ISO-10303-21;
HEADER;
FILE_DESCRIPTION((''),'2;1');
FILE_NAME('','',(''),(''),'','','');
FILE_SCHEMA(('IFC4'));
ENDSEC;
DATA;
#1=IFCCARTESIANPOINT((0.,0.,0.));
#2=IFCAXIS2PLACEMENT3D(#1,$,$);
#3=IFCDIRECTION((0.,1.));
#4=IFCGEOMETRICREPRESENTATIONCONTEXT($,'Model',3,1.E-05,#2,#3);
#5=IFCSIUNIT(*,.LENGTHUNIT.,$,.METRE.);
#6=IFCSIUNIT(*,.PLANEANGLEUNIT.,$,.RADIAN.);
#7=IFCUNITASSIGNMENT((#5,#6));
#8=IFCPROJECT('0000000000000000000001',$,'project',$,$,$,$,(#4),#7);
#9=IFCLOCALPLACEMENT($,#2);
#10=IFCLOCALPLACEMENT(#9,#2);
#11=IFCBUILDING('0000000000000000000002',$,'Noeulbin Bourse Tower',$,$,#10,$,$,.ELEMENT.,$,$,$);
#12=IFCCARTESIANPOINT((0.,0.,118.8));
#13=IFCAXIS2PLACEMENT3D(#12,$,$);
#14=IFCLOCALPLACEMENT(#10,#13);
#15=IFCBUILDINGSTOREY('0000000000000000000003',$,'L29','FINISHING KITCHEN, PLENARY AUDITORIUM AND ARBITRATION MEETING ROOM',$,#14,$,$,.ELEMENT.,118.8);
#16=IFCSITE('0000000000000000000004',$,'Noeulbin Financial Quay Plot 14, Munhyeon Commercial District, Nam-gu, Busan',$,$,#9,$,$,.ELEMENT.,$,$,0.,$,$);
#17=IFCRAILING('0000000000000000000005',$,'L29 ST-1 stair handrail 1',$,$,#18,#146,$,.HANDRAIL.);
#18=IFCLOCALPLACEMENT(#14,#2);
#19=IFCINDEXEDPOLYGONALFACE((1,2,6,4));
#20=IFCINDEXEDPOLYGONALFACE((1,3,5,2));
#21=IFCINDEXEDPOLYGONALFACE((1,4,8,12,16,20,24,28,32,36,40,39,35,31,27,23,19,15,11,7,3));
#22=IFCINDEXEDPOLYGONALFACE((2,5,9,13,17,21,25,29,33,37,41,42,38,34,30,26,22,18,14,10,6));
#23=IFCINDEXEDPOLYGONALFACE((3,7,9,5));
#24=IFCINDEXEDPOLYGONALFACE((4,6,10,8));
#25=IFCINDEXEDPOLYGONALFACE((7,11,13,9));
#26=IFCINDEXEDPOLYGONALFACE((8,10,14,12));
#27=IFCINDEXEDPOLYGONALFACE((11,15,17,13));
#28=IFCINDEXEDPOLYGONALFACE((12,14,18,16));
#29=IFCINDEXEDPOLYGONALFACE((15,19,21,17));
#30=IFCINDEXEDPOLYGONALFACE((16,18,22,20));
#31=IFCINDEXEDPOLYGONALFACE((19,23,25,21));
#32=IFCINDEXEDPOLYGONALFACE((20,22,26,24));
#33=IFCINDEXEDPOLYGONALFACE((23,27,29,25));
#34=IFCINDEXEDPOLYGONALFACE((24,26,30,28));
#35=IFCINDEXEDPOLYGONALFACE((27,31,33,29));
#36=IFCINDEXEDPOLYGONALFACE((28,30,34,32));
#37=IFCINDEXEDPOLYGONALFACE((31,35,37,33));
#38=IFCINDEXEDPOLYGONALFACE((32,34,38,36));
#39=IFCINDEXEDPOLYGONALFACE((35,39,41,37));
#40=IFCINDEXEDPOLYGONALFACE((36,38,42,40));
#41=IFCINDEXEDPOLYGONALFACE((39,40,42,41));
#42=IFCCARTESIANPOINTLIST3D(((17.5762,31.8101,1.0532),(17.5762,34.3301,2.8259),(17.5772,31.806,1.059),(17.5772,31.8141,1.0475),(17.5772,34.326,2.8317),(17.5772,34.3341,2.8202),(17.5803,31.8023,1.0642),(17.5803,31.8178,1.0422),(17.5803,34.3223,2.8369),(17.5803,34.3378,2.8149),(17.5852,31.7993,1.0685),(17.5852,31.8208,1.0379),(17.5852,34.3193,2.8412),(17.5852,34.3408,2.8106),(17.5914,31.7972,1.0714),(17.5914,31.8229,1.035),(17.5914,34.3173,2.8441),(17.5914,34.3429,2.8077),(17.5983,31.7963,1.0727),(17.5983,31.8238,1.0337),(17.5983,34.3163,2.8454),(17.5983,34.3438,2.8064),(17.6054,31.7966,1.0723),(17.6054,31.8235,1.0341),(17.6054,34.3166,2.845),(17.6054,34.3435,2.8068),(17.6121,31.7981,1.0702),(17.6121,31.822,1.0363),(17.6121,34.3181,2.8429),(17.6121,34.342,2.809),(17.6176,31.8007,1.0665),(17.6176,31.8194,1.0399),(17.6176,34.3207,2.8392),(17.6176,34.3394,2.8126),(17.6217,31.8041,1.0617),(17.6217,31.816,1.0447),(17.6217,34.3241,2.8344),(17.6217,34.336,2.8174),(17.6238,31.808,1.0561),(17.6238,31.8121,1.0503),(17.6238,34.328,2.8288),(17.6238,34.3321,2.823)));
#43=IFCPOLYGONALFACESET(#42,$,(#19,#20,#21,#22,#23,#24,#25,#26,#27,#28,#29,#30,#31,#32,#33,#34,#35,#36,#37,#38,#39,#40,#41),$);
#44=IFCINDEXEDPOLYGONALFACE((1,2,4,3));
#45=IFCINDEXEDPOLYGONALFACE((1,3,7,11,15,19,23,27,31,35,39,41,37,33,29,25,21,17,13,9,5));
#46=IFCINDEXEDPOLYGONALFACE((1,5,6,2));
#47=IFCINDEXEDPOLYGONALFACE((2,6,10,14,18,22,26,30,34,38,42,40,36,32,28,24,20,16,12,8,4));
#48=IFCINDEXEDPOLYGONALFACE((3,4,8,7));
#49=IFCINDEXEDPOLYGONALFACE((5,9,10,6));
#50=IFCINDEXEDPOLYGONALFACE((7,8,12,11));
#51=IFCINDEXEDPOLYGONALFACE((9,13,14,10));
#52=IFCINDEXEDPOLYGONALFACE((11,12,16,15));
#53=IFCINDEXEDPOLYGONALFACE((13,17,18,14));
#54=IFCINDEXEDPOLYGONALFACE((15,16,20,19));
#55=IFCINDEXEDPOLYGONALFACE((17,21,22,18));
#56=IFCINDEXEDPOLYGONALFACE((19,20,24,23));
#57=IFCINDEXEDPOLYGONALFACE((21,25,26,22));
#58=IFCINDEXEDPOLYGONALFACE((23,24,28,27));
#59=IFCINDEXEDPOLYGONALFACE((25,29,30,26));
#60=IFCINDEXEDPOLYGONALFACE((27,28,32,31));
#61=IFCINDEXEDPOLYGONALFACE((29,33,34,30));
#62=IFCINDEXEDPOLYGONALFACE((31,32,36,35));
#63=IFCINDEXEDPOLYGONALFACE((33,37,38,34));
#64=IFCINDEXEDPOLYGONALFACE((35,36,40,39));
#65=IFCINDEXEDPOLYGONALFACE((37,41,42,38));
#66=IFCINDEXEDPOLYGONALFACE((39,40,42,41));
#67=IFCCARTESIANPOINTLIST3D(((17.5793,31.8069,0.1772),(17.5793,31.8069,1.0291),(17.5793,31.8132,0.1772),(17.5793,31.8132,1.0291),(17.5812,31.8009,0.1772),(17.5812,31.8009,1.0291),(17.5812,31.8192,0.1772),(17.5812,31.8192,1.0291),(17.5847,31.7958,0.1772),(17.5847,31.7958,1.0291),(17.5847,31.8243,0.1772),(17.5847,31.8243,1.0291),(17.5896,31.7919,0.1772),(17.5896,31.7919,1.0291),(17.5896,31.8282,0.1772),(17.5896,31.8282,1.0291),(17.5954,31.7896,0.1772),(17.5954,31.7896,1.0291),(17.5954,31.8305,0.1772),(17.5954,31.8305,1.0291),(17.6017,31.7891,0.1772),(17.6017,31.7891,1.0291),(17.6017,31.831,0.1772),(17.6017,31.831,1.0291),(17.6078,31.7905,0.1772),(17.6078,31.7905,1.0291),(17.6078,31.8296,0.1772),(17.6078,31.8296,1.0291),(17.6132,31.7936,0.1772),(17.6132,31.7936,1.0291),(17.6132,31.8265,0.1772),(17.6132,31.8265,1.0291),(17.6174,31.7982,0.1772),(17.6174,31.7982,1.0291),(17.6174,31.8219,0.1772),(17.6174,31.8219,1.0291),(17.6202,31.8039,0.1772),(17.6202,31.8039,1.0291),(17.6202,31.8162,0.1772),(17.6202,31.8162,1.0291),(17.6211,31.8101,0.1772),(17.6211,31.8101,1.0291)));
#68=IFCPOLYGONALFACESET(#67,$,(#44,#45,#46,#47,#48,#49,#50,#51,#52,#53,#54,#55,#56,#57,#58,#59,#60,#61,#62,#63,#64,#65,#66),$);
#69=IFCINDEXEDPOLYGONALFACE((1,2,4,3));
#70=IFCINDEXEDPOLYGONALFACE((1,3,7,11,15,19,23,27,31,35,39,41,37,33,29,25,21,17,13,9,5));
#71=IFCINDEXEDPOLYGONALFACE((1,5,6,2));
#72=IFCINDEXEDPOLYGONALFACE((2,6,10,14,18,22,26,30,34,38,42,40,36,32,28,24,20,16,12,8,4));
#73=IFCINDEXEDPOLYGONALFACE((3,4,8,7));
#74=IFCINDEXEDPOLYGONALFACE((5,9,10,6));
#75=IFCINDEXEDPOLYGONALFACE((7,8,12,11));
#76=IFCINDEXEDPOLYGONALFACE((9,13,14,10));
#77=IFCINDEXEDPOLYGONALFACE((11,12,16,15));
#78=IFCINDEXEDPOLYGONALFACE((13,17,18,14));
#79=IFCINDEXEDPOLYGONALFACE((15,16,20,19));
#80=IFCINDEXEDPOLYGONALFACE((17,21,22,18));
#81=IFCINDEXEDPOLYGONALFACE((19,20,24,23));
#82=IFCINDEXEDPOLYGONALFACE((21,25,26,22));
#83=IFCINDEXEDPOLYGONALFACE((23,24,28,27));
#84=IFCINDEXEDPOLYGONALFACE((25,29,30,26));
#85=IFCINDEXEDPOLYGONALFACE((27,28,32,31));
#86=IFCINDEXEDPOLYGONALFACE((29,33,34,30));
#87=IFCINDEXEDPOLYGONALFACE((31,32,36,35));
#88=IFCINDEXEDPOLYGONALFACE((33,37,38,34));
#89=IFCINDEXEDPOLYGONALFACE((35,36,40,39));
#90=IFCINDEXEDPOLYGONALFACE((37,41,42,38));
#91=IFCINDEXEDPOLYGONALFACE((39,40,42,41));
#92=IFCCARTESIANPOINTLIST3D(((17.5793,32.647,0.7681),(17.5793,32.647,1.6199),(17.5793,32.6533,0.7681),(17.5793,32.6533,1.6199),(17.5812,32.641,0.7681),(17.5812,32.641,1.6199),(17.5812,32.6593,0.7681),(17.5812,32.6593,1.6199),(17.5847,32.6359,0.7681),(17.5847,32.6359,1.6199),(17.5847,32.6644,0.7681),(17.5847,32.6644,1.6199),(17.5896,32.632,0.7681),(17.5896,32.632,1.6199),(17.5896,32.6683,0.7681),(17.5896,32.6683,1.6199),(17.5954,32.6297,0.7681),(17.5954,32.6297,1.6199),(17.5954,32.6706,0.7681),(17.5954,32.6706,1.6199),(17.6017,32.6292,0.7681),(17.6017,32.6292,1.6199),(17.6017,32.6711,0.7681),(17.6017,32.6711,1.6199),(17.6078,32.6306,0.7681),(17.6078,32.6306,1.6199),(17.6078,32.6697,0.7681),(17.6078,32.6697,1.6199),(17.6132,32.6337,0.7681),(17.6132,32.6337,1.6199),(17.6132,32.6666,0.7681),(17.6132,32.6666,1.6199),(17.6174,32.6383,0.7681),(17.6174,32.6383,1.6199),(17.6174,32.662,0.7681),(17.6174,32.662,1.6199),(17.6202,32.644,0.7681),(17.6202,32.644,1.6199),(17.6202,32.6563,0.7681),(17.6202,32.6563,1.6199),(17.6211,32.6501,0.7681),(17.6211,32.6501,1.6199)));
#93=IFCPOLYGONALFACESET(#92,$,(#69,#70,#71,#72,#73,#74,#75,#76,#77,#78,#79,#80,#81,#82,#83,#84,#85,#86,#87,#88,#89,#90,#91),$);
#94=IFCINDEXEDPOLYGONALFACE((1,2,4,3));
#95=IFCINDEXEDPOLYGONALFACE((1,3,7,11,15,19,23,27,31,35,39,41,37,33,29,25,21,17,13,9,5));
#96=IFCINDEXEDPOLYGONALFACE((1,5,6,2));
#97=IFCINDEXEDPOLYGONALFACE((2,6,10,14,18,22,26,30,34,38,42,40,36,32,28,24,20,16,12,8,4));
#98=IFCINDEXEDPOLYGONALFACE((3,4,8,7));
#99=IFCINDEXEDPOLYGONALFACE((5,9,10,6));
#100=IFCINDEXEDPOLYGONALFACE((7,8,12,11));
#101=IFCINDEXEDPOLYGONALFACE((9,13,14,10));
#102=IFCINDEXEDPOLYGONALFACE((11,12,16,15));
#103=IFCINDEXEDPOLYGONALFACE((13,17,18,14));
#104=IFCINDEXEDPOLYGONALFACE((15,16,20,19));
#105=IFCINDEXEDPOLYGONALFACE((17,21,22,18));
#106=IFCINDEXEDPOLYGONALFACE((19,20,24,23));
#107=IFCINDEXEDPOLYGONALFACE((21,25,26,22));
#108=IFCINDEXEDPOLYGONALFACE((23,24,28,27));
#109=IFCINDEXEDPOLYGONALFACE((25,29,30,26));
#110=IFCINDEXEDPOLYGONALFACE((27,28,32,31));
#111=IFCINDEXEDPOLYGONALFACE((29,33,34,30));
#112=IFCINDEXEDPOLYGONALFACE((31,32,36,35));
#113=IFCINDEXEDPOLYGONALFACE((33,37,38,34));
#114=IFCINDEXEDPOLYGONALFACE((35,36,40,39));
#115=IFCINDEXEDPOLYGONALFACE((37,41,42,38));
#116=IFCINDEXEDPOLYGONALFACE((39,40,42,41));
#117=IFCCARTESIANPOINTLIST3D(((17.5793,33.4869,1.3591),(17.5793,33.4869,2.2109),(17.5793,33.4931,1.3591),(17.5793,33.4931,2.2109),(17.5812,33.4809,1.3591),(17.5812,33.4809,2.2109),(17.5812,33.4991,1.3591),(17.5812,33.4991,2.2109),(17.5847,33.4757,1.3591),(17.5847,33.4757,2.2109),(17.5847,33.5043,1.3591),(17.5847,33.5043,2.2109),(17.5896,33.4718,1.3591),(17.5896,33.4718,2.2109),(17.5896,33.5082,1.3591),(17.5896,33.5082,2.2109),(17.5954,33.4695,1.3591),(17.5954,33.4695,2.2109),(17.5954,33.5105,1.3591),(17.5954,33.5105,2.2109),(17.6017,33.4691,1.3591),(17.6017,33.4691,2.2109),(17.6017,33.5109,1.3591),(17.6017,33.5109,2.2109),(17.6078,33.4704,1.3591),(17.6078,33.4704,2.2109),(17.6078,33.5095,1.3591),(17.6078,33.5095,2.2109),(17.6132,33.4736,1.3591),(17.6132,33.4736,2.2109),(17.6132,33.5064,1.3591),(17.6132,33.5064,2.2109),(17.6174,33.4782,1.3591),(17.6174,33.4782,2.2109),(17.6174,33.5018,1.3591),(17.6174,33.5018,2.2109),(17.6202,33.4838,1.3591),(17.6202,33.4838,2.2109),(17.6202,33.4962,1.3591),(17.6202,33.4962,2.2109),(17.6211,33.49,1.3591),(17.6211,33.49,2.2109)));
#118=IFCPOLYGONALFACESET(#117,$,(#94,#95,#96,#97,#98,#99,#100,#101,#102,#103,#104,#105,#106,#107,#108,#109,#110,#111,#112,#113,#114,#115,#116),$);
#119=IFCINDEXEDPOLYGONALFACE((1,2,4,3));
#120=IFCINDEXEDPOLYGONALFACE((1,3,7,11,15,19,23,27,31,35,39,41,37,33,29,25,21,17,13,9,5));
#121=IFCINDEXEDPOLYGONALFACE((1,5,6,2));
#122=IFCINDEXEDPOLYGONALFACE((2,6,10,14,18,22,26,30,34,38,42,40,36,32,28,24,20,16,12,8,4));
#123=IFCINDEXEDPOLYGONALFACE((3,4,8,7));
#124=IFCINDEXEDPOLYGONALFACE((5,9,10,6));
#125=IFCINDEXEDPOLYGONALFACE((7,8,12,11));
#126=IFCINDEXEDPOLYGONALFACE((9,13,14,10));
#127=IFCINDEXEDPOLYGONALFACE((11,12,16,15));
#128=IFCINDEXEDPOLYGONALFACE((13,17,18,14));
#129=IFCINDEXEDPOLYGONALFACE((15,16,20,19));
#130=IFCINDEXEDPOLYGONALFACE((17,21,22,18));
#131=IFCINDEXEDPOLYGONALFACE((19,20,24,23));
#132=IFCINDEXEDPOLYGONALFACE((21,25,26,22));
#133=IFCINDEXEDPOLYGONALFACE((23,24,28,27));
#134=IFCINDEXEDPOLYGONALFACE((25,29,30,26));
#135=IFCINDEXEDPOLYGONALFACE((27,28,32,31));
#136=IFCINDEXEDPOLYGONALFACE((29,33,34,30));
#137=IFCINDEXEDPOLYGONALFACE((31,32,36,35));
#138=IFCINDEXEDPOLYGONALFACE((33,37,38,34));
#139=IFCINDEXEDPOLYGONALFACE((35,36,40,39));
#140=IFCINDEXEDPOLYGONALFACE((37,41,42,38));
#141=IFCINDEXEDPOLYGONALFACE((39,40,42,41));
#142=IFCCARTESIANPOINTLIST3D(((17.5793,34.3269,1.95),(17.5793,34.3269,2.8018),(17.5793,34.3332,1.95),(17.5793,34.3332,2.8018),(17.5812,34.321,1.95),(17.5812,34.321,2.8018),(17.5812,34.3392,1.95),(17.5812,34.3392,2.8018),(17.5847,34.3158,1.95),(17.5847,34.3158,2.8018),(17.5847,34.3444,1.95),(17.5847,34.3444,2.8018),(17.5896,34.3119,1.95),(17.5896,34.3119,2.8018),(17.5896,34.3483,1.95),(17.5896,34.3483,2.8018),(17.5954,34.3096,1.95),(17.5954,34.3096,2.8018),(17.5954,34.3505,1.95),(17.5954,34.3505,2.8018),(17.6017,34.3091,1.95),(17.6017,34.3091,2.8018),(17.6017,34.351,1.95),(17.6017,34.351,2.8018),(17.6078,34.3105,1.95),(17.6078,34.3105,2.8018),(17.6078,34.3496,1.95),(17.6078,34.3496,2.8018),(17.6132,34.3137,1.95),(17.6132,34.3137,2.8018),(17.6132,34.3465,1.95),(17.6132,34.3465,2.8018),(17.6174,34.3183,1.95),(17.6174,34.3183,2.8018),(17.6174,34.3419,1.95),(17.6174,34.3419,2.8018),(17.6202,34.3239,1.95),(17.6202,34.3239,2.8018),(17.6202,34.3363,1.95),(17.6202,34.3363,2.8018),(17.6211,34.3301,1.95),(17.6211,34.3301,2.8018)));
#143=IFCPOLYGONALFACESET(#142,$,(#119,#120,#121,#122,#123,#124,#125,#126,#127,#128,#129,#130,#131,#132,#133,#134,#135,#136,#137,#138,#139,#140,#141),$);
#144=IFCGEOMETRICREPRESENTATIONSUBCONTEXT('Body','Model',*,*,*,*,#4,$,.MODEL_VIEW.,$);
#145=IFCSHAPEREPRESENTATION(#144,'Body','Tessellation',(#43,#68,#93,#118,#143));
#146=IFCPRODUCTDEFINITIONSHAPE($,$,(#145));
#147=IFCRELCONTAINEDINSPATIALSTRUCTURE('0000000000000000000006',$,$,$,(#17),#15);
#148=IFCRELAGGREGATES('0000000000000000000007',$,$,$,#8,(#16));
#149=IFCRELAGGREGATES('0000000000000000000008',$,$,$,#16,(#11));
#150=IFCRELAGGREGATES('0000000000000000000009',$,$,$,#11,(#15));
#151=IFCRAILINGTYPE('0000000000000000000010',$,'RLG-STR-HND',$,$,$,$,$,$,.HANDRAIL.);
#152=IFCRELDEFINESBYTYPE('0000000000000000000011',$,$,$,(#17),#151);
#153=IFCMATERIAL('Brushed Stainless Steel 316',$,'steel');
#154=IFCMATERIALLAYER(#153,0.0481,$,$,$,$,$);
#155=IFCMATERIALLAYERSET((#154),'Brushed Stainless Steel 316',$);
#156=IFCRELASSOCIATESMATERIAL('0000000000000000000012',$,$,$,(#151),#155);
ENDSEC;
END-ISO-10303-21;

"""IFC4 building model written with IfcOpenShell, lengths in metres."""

from ifc_helpers import new_model, si_unit, direction, frame, origin, origin_2d, place, context, subcontext, project, spatial, circle, extrude, material, layer, layer_set, type_object, element, save


model = new_model("IFC4")

# Units and contexts
model_context = context("Model", 3, precision=1e-05, world=origin(), true_north=direction((0.0, 1.0)))
body_context = subcontext(model_context, "Body", "Model", "MODEL_VIEW")
ifc_project = project(units=[si_unit("LENGTHUNIT", "METRE"), si_unit("PLANEANGLEUNIT", "RADIAN")], contexts=[model_context])

# Site, building, storey
site_placement = place(None, origin())
site = spatial("IfcSite", under=ifc_project, at=site_placement, Name="Noeulbin Financial Quay Plot 14, Munhyeon Commercial District, Nam-gu, Busan", CompositionType="ELEMENT", RefElevation=0.0)
building_placement = place(site_placement, origin())
building = spatial("IfcBuilding", under=site, at=building_placement, Name="Noeulbin Bourse Tower", CompositionType="ELEMENT")
storey_placement = place(building_placement, frame((0.0, 0.0, 118.8)))
storey = spatial("IfcBuildingStorey", under=building, at=storey_placement, Name="L29", Description="FINISHING KITCHEN, PLENARY AUDITORIUM AND ARBITRATION MEETING ROOM", CompositionType="ELEMENT", Elevation=118.8)

# Railing
ifc_material_1 = material(Name="Brushed Stainless Steel 316", Category="steel")
ifc_layer_1 = layer(ifc_material_1, 0.0481)
ifc_layer_set_1 = layer_set([ifc_layer_1], Name="Brushed Stainless Steel 316")
railing_type_1 = type_object("IfcRailingType", Name="RLG-STR-HND", PredefinedType="HANDRAIL", material=ifc_layer_set_1)
railing_1_placement = place(storey_placement, frame((17.6001, 31.8101, 0.1772)))
element("IfcRailing", 1, at=railing_1_placement, inside=storey, type_object=railing_type_1, Name="L29 ST-1 stair handrail 1", PredefinedType="HANDRAIL", context=body_context, shape_type="SweptSolid", body=[
    extrude(circle(Radius=0.0239, at=origin_2d()), frame((0.0, 0.0, 0.876), z_axis=(0.0, 0.817904, 0.575354), x_axis=(-1.0, 0.0, 0.0)), (0.0, 0.0, 1.0), 3.0811),
    extrude(circle(Radius=0.021, at=origin_2d()), origin(), (0.0, 0.0, 1.0), 0.8518),
    extrude(circle(Radius=0.021, at=origin_2d()), frame((0.0, 0.8401, 0.5908)), (0.0, 0.0, 1.0), 0.8518),
    extrude(circle(Radius=0.021, at=origin_2d()), frame((0.0, 1.6799, 1.1819)), (0.0, 0.0, 1.0), 0.8518),
    extrude(circle(Radius=0.021, at=origin_2d()), frame((0.0, 2.52, 1.7727)), (0.0, 0.0, 1.0), 0.8518),
])

save(model, "model.ifc")
